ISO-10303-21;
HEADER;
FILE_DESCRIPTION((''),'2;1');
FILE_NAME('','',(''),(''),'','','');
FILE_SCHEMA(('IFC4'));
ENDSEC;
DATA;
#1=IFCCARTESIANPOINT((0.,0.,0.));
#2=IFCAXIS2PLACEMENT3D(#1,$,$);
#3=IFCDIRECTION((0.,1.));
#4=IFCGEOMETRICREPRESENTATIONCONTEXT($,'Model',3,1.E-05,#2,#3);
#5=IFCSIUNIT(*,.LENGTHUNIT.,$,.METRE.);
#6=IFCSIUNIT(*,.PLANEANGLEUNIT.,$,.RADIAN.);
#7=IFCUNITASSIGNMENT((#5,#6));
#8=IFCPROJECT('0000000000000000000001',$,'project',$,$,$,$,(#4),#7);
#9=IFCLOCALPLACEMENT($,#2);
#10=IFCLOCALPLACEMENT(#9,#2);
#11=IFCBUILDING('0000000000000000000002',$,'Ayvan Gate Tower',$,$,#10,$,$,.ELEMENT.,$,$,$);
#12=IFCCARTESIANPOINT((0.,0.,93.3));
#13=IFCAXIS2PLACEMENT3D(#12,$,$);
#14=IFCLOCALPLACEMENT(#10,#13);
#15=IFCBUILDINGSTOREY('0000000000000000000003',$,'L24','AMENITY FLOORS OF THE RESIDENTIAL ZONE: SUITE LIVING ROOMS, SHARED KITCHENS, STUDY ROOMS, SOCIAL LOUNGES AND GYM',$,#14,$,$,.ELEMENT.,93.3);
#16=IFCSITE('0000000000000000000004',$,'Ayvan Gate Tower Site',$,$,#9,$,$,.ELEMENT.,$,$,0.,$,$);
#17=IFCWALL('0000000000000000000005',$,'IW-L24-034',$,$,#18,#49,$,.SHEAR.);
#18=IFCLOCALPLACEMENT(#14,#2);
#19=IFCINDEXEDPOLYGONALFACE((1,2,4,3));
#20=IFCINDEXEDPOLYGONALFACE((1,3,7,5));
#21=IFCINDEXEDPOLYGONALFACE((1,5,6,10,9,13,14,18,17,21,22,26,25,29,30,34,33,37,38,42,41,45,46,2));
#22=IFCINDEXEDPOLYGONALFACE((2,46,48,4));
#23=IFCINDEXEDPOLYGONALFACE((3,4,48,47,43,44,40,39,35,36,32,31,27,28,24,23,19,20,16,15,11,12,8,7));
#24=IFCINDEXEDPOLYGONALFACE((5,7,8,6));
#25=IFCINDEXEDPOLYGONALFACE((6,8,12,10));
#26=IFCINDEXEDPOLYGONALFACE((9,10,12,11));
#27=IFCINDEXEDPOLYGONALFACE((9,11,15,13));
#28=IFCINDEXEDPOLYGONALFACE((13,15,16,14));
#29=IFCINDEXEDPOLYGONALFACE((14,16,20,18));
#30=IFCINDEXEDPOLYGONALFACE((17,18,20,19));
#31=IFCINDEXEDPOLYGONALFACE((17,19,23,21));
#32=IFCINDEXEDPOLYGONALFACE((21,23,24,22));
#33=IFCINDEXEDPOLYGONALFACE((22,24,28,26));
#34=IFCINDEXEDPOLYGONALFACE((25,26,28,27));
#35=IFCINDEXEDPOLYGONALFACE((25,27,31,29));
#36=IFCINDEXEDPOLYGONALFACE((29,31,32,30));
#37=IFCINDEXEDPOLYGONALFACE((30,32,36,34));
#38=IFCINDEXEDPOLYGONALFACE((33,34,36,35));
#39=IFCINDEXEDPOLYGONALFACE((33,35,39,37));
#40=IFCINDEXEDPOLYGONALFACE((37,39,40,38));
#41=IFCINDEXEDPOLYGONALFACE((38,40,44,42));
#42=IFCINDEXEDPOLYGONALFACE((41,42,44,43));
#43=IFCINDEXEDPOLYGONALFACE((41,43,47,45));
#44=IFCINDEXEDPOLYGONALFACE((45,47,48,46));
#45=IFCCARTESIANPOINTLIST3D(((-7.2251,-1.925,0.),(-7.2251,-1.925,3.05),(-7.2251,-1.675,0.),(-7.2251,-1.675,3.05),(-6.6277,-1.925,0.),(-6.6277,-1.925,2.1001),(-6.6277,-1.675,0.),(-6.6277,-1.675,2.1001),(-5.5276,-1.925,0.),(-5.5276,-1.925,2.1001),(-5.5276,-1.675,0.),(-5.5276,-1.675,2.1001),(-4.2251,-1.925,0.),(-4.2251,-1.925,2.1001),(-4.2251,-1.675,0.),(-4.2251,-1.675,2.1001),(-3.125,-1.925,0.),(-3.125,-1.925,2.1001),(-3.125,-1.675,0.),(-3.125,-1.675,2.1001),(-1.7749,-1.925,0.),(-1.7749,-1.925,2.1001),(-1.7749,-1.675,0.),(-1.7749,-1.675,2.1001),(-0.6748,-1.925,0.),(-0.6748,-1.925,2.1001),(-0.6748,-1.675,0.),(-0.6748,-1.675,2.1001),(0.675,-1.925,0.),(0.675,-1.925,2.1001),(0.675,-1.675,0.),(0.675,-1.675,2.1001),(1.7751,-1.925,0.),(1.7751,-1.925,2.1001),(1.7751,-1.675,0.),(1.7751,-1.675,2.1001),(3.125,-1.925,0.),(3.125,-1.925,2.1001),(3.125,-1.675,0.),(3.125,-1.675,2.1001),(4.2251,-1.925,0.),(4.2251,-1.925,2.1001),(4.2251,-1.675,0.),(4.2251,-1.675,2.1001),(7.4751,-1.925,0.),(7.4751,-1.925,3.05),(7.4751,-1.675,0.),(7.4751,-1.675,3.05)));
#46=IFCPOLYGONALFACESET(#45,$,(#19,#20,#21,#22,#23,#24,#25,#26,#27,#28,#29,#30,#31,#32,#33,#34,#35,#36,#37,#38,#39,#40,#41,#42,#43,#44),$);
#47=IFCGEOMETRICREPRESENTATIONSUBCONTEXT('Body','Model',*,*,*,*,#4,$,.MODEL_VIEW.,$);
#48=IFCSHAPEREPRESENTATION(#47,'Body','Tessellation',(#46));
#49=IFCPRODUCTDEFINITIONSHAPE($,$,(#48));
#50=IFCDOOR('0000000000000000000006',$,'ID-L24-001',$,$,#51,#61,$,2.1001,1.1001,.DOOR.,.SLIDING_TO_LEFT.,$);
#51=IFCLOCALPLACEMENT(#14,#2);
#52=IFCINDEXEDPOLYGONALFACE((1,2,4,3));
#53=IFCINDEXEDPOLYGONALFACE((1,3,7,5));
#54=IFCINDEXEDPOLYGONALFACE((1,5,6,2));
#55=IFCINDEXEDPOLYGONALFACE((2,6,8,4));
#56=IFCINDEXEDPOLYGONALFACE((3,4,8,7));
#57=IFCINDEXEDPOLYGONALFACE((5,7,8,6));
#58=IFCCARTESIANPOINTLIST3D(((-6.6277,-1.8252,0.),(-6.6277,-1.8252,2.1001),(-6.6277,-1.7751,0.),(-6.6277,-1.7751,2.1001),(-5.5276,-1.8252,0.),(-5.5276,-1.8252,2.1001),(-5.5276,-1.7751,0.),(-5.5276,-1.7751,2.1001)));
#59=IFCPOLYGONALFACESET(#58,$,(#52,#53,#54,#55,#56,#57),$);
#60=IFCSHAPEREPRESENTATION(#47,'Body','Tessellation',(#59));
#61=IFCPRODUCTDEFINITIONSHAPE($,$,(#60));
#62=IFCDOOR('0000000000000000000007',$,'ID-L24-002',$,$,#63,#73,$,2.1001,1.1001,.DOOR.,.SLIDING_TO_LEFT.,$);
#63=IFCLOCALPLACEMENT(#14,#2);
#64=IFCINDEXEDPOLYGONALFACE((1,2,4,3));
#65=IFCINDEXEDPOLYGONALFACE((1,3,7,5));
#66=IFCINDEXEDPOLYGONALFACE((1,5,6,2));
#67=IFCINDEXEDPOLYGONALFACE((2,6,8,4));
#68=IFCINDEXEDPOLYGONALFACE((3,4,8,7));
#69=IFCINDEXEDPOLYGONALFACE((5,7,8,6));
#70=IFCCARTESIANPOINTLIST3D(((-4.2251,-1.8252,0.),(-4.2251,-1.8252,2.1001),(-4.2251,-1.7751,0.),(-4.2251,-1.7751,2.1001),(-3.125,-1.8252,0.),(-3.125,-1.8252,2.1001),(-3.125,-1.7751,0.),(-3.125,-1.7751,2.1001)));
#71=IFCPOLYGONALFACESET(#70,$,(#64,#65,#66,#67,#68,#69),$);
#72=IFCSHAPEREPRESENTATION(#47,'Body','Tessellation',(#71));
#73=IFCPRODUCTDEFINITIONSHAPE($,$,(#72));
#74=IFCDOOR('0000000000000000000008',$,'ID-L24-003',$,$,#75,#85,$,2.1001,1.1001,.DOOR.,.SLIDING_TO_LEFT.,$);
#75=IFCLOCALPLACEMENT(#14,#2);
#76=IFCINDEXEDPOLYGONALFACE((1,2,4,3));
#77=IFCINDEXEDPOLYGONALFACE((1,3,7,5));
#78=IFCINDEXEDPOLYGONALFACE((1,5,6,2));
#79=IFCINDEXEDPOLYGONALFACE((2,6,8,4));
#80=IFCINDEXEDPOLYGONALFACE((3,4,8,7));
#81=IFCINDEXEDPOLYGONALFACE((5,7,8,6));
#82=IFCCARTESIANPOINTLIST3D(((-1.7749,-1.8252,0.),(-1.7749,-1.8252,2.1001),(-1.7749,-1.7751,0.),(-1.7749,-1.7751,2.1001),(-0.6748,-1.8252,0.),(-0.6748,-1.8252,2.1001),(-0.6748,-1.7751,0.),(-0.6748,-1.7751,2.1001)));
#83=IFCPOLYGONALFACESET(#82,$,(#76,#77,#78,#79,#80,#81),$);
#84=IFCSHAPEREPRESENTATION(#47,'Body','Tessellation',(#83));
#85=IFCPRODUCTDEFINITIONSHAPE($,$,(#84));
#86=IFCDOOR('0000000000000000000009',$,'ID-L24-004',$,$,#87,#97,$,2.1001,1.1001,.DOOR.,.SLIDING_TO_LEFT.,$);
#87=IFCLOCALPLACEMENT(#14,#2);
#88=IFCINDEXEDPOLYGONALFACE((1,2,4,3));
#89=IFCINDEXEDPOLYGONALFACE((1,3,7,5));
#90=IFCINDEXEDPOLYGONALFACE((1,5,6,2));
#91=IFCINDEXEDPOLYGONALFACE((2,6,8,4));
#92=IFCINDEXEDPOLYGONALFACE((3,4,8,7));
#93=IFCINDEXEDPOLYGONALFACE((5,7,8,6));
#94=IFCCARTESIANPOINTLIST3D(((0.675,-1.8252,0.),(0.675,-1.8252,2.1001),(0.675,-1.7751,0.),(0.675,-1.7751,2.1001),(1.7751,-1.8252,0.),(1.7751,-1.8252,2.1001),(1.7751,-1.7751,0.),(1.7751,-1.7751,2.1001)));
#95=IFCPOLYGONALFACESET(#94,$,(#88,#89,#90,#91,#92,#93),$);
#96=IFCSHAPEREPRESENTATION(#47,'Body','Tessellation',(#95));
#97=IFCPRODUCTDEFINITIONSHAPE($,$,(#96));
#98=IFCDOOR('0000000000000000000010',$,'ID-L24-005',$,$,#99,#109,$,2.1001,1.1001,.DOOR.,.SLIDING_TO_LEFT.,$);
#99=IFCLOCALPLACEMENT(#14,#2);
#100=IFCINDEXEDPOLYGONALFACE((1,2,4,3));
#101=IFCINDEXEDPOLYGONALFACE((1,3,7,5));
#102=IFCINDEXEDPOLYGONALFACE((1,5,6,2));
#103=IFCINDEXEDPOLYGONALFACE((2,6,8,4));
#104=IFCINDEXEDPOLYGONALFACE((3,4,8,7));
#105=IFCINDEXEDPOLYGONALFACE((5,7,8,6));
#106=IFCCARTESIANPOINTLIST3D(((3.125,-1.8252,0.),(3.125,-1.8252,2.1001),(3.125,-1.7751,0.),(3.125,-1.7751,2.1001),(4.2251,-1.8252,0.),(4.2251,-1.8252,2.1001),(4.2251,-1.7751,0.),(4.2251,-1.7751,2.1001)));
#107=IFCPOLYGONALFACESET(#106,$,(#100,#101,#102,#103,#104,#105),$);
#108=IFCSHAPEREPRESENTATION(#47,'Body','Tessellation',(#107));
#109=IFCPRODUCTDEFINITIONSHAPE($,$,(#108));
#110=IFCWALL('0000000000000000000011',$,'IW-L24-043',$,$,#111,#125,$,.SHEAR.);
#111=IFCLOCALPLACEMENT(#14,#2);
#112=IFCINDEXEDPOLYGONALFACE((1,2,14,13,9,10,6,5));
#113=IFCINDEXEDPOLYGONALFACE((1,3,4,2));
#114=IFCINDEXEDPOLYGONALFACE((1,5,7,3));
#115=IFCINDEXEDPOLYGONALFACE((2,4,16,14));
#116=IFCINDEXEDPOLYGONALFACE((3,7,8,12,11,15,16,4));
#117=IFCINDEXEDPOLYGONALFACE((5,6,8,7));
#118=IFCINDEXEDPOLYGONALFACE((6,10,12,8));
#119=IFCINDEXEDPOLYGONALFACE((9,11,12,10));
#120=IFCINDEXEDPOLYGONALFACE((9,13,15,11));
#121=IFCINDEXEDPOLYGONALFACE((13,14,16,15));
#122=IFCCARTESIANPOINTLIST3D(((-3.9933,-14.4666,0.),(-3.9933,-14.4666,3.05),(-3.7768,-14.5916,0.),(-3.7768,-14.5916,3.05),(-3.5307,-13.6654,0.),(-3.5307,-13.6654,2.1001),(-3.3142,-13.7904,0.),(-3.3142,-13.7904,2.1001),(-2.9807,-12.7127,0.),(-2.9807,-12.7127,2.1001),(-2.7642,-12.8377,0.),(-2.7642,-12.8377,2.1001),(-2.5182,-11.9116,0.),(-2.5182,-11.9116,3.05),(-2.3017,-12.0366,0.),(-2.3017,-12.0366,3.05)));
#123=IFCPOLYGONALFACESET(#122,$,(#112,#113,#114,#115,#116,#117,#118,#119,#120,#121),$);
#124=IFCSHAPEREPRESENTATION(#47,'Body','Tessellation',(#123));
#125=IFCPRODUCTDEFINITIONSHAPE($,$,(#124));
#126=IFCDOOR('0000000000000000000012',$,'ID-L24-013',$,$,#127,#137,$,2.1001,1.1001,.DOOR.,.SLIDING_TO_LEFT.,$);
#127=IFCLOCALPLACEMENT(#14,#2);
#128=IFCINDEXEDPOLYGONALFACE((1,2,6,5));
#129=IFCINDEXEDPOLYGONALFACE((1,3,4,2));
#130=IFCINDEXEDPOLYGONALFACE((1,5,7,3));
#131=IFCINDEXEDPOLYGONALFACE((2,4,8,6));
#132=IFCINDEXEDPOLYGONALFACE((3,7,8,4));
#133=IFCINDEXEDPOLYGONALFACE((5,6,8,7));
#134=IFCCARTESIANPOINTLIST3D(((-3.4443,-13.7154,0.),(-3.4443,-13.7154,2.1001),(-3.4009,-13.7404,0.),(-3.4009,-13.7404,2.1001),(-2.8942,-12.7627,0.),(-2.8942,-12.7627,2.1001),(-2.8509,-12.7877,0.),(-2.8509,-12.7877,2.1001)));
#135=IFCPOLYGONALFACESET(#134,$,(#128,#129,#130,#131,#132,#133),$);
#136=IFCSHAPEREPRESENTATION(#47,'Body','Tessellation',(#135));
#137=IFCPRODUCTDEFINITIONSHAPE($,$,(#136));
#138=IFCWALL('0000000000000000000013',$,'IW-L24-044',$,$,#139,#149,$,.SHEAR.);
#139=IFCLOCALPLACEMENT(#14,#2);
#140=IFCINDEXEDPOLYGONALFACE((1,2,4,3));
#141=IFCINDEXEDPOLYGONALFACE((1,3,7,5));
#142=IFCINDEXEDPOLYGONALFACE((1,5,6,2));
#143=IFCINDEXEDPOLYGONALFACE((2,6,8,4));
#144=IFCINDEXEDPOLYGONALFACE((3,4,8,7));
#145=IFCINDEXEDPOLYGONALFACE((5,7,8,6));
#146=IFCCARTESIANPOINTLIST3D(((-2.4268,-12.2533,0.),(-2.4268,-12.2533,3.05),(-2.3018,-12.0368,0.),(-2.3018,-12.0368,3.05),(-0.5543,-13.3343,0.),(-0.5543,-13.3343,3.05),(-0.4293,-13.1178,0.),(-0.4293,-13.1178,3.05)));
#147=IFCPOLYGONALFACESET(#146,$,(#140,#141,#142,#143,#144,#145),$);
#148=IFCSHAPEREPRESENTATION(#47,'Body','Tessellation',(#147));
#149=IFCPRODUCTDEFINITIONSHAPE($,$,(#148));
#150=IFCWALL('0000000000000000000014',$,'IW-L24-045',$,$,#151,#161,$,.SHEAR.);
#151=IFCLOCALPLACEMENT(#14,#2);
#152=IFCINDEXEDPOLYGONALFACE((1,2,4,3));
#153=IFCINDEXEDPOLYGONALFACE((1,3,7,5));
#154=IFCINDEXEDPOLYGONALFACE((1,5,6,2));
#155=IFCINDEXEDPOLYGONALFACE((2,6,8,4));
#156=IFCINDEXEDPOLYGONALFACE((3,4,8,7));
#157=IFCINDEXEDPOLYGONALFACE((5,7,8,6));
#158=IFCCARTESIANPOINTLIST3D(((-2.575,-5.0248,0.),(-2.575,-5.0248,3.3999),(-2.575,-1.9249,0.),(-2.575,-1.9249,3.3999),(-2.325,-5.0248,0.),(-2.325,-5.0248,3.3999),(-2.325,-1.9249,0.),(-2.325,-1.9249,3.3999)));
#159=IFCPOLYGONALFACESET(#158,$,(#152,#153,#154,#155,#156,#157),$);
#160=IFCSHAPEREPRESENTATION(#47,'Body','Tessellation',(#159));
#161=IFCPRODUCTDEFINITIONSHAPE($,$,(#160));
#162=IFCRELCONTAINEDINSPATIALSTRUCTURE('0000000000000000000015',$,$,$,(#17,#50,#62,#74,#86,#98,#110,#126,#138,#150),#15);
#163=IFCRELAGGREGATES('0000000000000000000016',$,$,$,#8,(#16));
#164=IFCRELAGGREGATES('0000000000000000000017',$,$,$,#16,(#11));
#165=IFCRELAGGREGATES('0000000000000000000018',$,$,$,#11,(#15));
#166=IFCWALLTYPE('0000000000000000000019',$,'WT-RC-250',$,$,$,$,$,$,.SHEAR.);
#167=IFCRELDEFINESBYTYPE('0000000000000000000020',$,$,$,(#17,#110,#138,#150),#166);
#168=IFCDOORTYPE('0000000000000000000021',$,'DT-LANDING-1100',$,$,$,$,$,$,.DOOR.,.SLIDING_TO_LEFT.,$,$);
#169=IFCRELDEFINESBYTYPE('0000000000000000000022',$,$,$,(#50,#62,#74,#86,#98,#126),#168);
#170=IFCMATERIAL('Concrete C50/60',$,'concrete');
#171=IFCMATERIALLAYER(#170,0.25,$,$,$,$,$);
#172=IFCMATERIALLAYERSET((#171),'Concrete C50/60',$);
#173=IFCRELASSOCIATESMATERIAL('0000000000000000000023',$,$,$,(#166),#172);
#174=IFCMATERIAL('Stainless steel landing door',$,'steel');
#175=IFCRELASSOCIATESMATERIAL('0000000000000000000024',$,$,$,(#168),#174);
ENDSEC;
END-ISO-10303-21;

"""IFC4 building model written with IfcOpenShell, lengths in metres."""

from ifc_helpers import new_model, si_unit, direction, frame, frame_2d, origin, place, context, subcontext, project, spatial, rectangle, extrude, material, layer, layer_set, type_object, element, fill, save


model = new_model("IFC4")

# Units and contexts
model_context = context("Model", 3, precision=1e-05, world=origin(), true_north=direction((0.0, 1.0)))
body_context = subcontext(model_context, "Body", "Model", "MODEL_VIEW")
ifc_project = project(units=[si_unit("LENGTHUNIT", "METRE"), si_unit("PLANEANGLEUNIT", "RADIAN")], contexts=[model_context])

# Site, building, storey
site_placement = place(None, origin())
site = spatial("IfcSite", under=ifc_project, at=site_placement, Name="Ayvan Gate Tower Site", CompositionType="ELEMENT", RefElevation=0.0)
building_placement = place(site_placement, origin())
building = spatial("IfcBuilding", under=site, at=building_placement, Name="Ayvan Gate Tower", CompositionType="ELEMENT")
storey_placement = place(building_placement, frame((0.0, 0.0, 93.3)))
storey = spatial("IfcBuildingStorey", under=building, at=storey_placement, Name="L24", Description="AMENITY FLOORS OF THE RESIDENTIAL ZONE: SUITE LIVING ROOMS, SHARED KITCHENS, STUDY ROOMS, SOCIAL LOUNGES AND GYM", CompositionType="ELEMENT", Elevation=93.3)

# Shared definitions
ifc_material_1 = material(Name="Concrete C50/60", Category="concrete")
ifc_layer_1 = layer(ifc_material_1, 0.25)
ifc_layer_set_1 = layer_set([ifc_layer_1], Name="Concrete C50/60")
wall_type_1 = type_object("IfcWallType", Name="WT-RC-250", PredefinedType="SHEAR", material=ifc_layer_set_1)

# Wall, openings, doors
wall_1_placement = place(storey_placement, frame((-7.2251, -1.8, 0.0), z_axis=(0.0, 0.0, 1.0), x_axis=(1.0, 0.0, 0.0)))
wall_1 = element("IfcWall", 1, at=wall_1_placement, inside=storey, type_object=wall_type_1, Name="IW-L24-034", PredefinedType="SHEAR", context=body_context, shape_type="SweptSolid", body=[
    extrude(rectangle(XDim=14.7002, YDim=0.25, at=frame_2d((7.3501, 0.0))), origin(), (0.0, 0.0, 1.0), 3.05),
])
opening_1_placement = place(wall_1_placement, frame((0.5974, 0.0, 0.0)))
opening_1 = element("IfcOpeningElement", 2, at=opening_1_placement, cuts=wall_1, PredefinedType="OPENING", context=body_context, shape_type="SweptSolid", body=[
    extrude(rectangle(XDim=1.1001, YDim=2.1001, at=frame_2d((0.55, 1.05))), frame((0.0, 0.135, 0.0), z_axis=(0.0, -1.0, 0.0), x_axis=(1.0, 0.0, 0.0)), (0.0, 0.0, 1.0), 0.27),
])
opening_2_placement = place(wall_1_placement, frame((3.0, 0.0, 0.0)))
opening_2 = element("IfcOpeningElement", 3, at=opening_2_placement, cuts=wall_1, PredefinedType="OPENING", context=body_context, shape_type="SweptSolid", body=[
    extrude(rectangle(XDim=1.1001, YDim=2.1001, at=frame_2d((0.55, 1.05))), frame((0.0, 0.135, 0.0), z_axis=(0.0, -1.0, 0.0), x_axis=(1.0, 0.0, 0.0)), (0.0, 0.0, 1.0), 0.27),
])
opening_3_placement = place(wall_1_placement, frame((5.4502, 0.0, 0.0)))
opening_3 = element("IfcOpeningElement", 4, at=opening_3_placement, cuts=wall_1, PredefinedType="OPENING", context=body_context, shape_type="SweptSolid", body=[
    extrude(rectangle(XDim=1.1001, YDim=2.1001, at=frame_2d((0.55, 1.05))), frame((0.0, 0.135, 0.0), z_axis=(0.0, -1.0, 0.0), x_axis=(1.0, 0.0, 0.0)), (0.0, 0.0, 1.0), 0.27),
])
opening_4_placement = place(wall_1_placement, frame((7.9001, 0.0, 0.0)))
opening_4 = element("IfcOpeningElement", 5, at=opening_4_placement, cuts=wall_1, PredefinedType="OPENING", context=body_context, shape_type="SweptSolid", body=[
    extrude(rectangle(XDim=1.1001, YDim=2.1001, at=frame_2d((0.55, 1.05))), frame((0.0, 0.135, 0.0), z_axis=(0.0, -1.0, 0.0), x_axis=(1.0, 0.0, 0.0)), (0.0, 0.0, 1.0), 0.27),
])
opening_5_placement = place(wall_1_placement, frame((10.3501, 0.0, 0.0)))
opening_5 = element("IfcOpeningElement", 6, at=opening_5_placement, cuts=wall_1, PredefinedType="OPENING", context=body_context, shape_type="SweptSolid", body=[
    extrude(rectangle(XDim=1.1001, YDim=2.1001, at=frame_2d((0.55, 1.05))), frame((0.0, 0.135, 0.0), z_axis=(0.0, -1.0, 0.0), x_axis=(1.0, 0.0, 0.0)), (0.0, 0.0, 1.0), 0.27),
])
ifc_material_2 = material(Name="Stainless steel landing door", Category="steel")
door_type_1 = type_object("IfcDoorType", Name="DT-LANDING-1100", OperationType="SLIDING_TO_LEFT", PredefinedType="DOOR", material=ifc_material_2)
door_1_placement = place(opening_1_placement, origin())
door_1 = element("IfcDoor", 7, at=door_1_placement, inside=storey, type_object=door_type_1, Name="ID-L24-001", OperationType="SLIDING_TO_LEFT", OverallHeight=2.1001, OverallWidth=1.1001, PredefinedType="DOOR", context=body_context, shape_type="SweptSolid", body=[
    extrude(rectangle(XDim=1.1001, YDim=2.1001, at=frame_2d((0.55, 1.05))), frame((0.0, 0.0249, 0.0), z_axis=(0.0, -1.0, 0.0), x_axis=(1.0, 0.0, 0.0)), (0.0, 0.0, 1.0), 0.05),
])
fill(opening_1, door_1)
door_2_placement = place(opening_2_placement, origin())
door_2 = element("IfcDoor", 8, at=door_2_placement, inside=storey, type_object=door_type_1, Name="ID-L24-002", OperationType="SLIDING_TO_LEFT", OverallHeight=2.1001, OverallWidth=1.1001, PredefinedType="DOOR", context=body_context, shape_type="SweptSolid", body=[
    extrude(rectangle(XDim=1.1001, YDim=2.1001, at=frame_2d((0.55, 1.05))), frame((0.0, 0.0249, 0.0), z_axis=(0.0, -1.0, 0.0), x_axis=(1.0, 0.0, 0.0)), (0.0, 0.0, 1.0), 0.05),
])
fill(opening_2, door_2)
door_3_placement = place(opening_3_placement, origin())
door_3 = element("IfcDoor", 9, at=door_3_placement, inside=storey, type_object=door_type_1, Name="ID-L24-003", OperationType="SLIDING_TO_LEFT", OverallHeight=2.1001, OverallWidth=1.1001, PredefinedType="DOOR", context=body_context, shape_type="SweptSolid", body=[
    extrude(rectangle(XDim=1.1001, YDim=2.1001, at=frame_2d((0.55, 1.05))), frame((0.0, 0.0249, 0.0), z_axis=(0.0, -1.0, 0.0), x_axis=(1.0, 0.0, 0.0)), (0.0, 0.0, 1.0), 0.05),
])
fill(opening_3, door_3)
door_4_placement = place(opening_4_placement, origin())
door_4 = element("IfcDoor", 10, at=door_4_placement, inside=storey, type_object=door_type_1, Name="ID-L24-004", OperationType="SLIDING_TO_LEFT", OverallHeight=2.1001, OverallWidth=1.1001, PredefinedType="DOOR", context=body_context, shape_type="SweptSolid", body=[
    extrude(rectangle(XDim=1.1001, YDim=2.1001, at=frame_2d((0.55, 1.05))), frame((0.0, 0.0249, 0.0), z_axis=(0.0, -1.0, 0.0), x_axis=(1.0, 0.0, 0.0)), (0.0, 0.0, 1.0), 0.05),
])
fill(opening_4, door_4)
door_5_placement = place(opening_5_placement, origin())
door_5 = element("IfcDoor", 11, at=door_5_placement, inside=storey, type_object=door_type_1, Name="ID-L24-005", OperationType="SLIDING_TO_LEFT", OverallHeight=2.1001, OverallWidth=1.1001, PredefinedType="DOOR", context=body_context, shape_type="SweptSolid", body=[
    extrude(rectangle(XDim=1.1001, YDim=2.1001, at=frame_2d((0.55, 1.05))), frame((0.0, 0.0249, 0.0), z_axis=(0.0, -1.0, 0.0), x_axis=(1.0, 0.0, 0.0)), (0.0, 0.0, 1.0), 0.05),
])
fill(opening_5, door_5)

# Wall, opening, door
wall_2_placement = place(storey_placement, frame((-2.4099, -11.9741, 0.0), z_axis=(0.0, 0.0, 1.0), x_axis=(-0.500002, -0.866024, 0.0)))
wall_2 = element("IfcWall", 12, at=wall_2_placement, inside=storey, type_object=wall_type_1, Name="IW-L24-043", PredefinedType="SHEAR", context=body_context, shape_type="SweptSolid", body=[
    extrude(rectangle(XDim=2.9502, YDim=0.25, at=frame_2d((1.4751, 0.0))), origin(), (0.0, 0.0, 1.0), 3.05),
])
opening_6_placement = place(wall_2_placement, frame((0.925, 0.0, 0.0)))
opening_6 = element("IfcOpeningElement", 13, at=opening_6_placement, cuts=wall_2, PredefinedType="OPENING", context=body_context, shape_type="SweptSolid", body=[
    extrude(rectangle(XDim=1.1001, YDim=2.1001, at=frame_2d((0.55, 1.05))), frame((0.0, 0.135, 0.0), z_axis=(0.0, -1.0, 0.0), x_axis=(1.0, 0.0, 0.0)), (0.0, 0.0, 1.0), 0.27),
])
door_6_placement = place(opening_6_placement, origin())
door_6 = element("IfcDoor", 14, at=door_6_placement, inside=storey, type_object=door_type_1, Name="ID-L24-013", OperationType="SLIDING_TO_LEFT", OverallHeight=2.1001, OverallWidth=1.1001, PredefinedType="DOOR", context=body_context, shape_type="SweptSolid", body=[
    extrude(rectangle(XDim=1.1001, YDim=2.1001, at=frame_2d((0.55, 1.05))), frame((0.0, 0.0249, 0.0), z_axis=(0.0, -1.0, 0.0), x_axis=(1.0, 0.0, 0.0)), (0.0, 0.0, 1.0), 0.05),
])
fill(opening_6, door_6)

# Walls
wall_3_placement = place(storey_placement, frame((-2.3643, -12.145, 0.0), z_axis=(0.0, 0.0, 1.0), x_axis=(0.866039, -0.499977, 0.0)))
element("IfcWall", 15, at=wall_3_placement, inside=storey, type_object=wall_type_1, Name="IW-L24-044", PredefinedType="SHEAR", context=body_context, shape_type="SweptSolid", body=[
    extrude(rectangle(XDim=2.1621, YDim=0.25, at=frame_2d((1.0811, 0.0))), origin(), (0.0, 0.0, 1.0), 3.05),
])
wall_4_placement = place(storey_placement, frame((-2.45, -1.925, 0.0), z_axis=(0.0, 0.0, 1.0), x_axis=(0.0, -1.0, 0.0)))
element("IfcWall", 16, at=wall_4_placement, inside=storey, type_object=wall_type_1, Name="IW-L24-045", PredefinedType="SHEAR", context=body_context, shape_type="SweptSolid", body=[
    extrude(rectangle(XDim=3.0999, YDim=0.25, at=frame_2d((1.5498, 0.0))), origin(), (0.0, 0.0, 1.0), 3.3999),
])

save(model, "model.ifc")
